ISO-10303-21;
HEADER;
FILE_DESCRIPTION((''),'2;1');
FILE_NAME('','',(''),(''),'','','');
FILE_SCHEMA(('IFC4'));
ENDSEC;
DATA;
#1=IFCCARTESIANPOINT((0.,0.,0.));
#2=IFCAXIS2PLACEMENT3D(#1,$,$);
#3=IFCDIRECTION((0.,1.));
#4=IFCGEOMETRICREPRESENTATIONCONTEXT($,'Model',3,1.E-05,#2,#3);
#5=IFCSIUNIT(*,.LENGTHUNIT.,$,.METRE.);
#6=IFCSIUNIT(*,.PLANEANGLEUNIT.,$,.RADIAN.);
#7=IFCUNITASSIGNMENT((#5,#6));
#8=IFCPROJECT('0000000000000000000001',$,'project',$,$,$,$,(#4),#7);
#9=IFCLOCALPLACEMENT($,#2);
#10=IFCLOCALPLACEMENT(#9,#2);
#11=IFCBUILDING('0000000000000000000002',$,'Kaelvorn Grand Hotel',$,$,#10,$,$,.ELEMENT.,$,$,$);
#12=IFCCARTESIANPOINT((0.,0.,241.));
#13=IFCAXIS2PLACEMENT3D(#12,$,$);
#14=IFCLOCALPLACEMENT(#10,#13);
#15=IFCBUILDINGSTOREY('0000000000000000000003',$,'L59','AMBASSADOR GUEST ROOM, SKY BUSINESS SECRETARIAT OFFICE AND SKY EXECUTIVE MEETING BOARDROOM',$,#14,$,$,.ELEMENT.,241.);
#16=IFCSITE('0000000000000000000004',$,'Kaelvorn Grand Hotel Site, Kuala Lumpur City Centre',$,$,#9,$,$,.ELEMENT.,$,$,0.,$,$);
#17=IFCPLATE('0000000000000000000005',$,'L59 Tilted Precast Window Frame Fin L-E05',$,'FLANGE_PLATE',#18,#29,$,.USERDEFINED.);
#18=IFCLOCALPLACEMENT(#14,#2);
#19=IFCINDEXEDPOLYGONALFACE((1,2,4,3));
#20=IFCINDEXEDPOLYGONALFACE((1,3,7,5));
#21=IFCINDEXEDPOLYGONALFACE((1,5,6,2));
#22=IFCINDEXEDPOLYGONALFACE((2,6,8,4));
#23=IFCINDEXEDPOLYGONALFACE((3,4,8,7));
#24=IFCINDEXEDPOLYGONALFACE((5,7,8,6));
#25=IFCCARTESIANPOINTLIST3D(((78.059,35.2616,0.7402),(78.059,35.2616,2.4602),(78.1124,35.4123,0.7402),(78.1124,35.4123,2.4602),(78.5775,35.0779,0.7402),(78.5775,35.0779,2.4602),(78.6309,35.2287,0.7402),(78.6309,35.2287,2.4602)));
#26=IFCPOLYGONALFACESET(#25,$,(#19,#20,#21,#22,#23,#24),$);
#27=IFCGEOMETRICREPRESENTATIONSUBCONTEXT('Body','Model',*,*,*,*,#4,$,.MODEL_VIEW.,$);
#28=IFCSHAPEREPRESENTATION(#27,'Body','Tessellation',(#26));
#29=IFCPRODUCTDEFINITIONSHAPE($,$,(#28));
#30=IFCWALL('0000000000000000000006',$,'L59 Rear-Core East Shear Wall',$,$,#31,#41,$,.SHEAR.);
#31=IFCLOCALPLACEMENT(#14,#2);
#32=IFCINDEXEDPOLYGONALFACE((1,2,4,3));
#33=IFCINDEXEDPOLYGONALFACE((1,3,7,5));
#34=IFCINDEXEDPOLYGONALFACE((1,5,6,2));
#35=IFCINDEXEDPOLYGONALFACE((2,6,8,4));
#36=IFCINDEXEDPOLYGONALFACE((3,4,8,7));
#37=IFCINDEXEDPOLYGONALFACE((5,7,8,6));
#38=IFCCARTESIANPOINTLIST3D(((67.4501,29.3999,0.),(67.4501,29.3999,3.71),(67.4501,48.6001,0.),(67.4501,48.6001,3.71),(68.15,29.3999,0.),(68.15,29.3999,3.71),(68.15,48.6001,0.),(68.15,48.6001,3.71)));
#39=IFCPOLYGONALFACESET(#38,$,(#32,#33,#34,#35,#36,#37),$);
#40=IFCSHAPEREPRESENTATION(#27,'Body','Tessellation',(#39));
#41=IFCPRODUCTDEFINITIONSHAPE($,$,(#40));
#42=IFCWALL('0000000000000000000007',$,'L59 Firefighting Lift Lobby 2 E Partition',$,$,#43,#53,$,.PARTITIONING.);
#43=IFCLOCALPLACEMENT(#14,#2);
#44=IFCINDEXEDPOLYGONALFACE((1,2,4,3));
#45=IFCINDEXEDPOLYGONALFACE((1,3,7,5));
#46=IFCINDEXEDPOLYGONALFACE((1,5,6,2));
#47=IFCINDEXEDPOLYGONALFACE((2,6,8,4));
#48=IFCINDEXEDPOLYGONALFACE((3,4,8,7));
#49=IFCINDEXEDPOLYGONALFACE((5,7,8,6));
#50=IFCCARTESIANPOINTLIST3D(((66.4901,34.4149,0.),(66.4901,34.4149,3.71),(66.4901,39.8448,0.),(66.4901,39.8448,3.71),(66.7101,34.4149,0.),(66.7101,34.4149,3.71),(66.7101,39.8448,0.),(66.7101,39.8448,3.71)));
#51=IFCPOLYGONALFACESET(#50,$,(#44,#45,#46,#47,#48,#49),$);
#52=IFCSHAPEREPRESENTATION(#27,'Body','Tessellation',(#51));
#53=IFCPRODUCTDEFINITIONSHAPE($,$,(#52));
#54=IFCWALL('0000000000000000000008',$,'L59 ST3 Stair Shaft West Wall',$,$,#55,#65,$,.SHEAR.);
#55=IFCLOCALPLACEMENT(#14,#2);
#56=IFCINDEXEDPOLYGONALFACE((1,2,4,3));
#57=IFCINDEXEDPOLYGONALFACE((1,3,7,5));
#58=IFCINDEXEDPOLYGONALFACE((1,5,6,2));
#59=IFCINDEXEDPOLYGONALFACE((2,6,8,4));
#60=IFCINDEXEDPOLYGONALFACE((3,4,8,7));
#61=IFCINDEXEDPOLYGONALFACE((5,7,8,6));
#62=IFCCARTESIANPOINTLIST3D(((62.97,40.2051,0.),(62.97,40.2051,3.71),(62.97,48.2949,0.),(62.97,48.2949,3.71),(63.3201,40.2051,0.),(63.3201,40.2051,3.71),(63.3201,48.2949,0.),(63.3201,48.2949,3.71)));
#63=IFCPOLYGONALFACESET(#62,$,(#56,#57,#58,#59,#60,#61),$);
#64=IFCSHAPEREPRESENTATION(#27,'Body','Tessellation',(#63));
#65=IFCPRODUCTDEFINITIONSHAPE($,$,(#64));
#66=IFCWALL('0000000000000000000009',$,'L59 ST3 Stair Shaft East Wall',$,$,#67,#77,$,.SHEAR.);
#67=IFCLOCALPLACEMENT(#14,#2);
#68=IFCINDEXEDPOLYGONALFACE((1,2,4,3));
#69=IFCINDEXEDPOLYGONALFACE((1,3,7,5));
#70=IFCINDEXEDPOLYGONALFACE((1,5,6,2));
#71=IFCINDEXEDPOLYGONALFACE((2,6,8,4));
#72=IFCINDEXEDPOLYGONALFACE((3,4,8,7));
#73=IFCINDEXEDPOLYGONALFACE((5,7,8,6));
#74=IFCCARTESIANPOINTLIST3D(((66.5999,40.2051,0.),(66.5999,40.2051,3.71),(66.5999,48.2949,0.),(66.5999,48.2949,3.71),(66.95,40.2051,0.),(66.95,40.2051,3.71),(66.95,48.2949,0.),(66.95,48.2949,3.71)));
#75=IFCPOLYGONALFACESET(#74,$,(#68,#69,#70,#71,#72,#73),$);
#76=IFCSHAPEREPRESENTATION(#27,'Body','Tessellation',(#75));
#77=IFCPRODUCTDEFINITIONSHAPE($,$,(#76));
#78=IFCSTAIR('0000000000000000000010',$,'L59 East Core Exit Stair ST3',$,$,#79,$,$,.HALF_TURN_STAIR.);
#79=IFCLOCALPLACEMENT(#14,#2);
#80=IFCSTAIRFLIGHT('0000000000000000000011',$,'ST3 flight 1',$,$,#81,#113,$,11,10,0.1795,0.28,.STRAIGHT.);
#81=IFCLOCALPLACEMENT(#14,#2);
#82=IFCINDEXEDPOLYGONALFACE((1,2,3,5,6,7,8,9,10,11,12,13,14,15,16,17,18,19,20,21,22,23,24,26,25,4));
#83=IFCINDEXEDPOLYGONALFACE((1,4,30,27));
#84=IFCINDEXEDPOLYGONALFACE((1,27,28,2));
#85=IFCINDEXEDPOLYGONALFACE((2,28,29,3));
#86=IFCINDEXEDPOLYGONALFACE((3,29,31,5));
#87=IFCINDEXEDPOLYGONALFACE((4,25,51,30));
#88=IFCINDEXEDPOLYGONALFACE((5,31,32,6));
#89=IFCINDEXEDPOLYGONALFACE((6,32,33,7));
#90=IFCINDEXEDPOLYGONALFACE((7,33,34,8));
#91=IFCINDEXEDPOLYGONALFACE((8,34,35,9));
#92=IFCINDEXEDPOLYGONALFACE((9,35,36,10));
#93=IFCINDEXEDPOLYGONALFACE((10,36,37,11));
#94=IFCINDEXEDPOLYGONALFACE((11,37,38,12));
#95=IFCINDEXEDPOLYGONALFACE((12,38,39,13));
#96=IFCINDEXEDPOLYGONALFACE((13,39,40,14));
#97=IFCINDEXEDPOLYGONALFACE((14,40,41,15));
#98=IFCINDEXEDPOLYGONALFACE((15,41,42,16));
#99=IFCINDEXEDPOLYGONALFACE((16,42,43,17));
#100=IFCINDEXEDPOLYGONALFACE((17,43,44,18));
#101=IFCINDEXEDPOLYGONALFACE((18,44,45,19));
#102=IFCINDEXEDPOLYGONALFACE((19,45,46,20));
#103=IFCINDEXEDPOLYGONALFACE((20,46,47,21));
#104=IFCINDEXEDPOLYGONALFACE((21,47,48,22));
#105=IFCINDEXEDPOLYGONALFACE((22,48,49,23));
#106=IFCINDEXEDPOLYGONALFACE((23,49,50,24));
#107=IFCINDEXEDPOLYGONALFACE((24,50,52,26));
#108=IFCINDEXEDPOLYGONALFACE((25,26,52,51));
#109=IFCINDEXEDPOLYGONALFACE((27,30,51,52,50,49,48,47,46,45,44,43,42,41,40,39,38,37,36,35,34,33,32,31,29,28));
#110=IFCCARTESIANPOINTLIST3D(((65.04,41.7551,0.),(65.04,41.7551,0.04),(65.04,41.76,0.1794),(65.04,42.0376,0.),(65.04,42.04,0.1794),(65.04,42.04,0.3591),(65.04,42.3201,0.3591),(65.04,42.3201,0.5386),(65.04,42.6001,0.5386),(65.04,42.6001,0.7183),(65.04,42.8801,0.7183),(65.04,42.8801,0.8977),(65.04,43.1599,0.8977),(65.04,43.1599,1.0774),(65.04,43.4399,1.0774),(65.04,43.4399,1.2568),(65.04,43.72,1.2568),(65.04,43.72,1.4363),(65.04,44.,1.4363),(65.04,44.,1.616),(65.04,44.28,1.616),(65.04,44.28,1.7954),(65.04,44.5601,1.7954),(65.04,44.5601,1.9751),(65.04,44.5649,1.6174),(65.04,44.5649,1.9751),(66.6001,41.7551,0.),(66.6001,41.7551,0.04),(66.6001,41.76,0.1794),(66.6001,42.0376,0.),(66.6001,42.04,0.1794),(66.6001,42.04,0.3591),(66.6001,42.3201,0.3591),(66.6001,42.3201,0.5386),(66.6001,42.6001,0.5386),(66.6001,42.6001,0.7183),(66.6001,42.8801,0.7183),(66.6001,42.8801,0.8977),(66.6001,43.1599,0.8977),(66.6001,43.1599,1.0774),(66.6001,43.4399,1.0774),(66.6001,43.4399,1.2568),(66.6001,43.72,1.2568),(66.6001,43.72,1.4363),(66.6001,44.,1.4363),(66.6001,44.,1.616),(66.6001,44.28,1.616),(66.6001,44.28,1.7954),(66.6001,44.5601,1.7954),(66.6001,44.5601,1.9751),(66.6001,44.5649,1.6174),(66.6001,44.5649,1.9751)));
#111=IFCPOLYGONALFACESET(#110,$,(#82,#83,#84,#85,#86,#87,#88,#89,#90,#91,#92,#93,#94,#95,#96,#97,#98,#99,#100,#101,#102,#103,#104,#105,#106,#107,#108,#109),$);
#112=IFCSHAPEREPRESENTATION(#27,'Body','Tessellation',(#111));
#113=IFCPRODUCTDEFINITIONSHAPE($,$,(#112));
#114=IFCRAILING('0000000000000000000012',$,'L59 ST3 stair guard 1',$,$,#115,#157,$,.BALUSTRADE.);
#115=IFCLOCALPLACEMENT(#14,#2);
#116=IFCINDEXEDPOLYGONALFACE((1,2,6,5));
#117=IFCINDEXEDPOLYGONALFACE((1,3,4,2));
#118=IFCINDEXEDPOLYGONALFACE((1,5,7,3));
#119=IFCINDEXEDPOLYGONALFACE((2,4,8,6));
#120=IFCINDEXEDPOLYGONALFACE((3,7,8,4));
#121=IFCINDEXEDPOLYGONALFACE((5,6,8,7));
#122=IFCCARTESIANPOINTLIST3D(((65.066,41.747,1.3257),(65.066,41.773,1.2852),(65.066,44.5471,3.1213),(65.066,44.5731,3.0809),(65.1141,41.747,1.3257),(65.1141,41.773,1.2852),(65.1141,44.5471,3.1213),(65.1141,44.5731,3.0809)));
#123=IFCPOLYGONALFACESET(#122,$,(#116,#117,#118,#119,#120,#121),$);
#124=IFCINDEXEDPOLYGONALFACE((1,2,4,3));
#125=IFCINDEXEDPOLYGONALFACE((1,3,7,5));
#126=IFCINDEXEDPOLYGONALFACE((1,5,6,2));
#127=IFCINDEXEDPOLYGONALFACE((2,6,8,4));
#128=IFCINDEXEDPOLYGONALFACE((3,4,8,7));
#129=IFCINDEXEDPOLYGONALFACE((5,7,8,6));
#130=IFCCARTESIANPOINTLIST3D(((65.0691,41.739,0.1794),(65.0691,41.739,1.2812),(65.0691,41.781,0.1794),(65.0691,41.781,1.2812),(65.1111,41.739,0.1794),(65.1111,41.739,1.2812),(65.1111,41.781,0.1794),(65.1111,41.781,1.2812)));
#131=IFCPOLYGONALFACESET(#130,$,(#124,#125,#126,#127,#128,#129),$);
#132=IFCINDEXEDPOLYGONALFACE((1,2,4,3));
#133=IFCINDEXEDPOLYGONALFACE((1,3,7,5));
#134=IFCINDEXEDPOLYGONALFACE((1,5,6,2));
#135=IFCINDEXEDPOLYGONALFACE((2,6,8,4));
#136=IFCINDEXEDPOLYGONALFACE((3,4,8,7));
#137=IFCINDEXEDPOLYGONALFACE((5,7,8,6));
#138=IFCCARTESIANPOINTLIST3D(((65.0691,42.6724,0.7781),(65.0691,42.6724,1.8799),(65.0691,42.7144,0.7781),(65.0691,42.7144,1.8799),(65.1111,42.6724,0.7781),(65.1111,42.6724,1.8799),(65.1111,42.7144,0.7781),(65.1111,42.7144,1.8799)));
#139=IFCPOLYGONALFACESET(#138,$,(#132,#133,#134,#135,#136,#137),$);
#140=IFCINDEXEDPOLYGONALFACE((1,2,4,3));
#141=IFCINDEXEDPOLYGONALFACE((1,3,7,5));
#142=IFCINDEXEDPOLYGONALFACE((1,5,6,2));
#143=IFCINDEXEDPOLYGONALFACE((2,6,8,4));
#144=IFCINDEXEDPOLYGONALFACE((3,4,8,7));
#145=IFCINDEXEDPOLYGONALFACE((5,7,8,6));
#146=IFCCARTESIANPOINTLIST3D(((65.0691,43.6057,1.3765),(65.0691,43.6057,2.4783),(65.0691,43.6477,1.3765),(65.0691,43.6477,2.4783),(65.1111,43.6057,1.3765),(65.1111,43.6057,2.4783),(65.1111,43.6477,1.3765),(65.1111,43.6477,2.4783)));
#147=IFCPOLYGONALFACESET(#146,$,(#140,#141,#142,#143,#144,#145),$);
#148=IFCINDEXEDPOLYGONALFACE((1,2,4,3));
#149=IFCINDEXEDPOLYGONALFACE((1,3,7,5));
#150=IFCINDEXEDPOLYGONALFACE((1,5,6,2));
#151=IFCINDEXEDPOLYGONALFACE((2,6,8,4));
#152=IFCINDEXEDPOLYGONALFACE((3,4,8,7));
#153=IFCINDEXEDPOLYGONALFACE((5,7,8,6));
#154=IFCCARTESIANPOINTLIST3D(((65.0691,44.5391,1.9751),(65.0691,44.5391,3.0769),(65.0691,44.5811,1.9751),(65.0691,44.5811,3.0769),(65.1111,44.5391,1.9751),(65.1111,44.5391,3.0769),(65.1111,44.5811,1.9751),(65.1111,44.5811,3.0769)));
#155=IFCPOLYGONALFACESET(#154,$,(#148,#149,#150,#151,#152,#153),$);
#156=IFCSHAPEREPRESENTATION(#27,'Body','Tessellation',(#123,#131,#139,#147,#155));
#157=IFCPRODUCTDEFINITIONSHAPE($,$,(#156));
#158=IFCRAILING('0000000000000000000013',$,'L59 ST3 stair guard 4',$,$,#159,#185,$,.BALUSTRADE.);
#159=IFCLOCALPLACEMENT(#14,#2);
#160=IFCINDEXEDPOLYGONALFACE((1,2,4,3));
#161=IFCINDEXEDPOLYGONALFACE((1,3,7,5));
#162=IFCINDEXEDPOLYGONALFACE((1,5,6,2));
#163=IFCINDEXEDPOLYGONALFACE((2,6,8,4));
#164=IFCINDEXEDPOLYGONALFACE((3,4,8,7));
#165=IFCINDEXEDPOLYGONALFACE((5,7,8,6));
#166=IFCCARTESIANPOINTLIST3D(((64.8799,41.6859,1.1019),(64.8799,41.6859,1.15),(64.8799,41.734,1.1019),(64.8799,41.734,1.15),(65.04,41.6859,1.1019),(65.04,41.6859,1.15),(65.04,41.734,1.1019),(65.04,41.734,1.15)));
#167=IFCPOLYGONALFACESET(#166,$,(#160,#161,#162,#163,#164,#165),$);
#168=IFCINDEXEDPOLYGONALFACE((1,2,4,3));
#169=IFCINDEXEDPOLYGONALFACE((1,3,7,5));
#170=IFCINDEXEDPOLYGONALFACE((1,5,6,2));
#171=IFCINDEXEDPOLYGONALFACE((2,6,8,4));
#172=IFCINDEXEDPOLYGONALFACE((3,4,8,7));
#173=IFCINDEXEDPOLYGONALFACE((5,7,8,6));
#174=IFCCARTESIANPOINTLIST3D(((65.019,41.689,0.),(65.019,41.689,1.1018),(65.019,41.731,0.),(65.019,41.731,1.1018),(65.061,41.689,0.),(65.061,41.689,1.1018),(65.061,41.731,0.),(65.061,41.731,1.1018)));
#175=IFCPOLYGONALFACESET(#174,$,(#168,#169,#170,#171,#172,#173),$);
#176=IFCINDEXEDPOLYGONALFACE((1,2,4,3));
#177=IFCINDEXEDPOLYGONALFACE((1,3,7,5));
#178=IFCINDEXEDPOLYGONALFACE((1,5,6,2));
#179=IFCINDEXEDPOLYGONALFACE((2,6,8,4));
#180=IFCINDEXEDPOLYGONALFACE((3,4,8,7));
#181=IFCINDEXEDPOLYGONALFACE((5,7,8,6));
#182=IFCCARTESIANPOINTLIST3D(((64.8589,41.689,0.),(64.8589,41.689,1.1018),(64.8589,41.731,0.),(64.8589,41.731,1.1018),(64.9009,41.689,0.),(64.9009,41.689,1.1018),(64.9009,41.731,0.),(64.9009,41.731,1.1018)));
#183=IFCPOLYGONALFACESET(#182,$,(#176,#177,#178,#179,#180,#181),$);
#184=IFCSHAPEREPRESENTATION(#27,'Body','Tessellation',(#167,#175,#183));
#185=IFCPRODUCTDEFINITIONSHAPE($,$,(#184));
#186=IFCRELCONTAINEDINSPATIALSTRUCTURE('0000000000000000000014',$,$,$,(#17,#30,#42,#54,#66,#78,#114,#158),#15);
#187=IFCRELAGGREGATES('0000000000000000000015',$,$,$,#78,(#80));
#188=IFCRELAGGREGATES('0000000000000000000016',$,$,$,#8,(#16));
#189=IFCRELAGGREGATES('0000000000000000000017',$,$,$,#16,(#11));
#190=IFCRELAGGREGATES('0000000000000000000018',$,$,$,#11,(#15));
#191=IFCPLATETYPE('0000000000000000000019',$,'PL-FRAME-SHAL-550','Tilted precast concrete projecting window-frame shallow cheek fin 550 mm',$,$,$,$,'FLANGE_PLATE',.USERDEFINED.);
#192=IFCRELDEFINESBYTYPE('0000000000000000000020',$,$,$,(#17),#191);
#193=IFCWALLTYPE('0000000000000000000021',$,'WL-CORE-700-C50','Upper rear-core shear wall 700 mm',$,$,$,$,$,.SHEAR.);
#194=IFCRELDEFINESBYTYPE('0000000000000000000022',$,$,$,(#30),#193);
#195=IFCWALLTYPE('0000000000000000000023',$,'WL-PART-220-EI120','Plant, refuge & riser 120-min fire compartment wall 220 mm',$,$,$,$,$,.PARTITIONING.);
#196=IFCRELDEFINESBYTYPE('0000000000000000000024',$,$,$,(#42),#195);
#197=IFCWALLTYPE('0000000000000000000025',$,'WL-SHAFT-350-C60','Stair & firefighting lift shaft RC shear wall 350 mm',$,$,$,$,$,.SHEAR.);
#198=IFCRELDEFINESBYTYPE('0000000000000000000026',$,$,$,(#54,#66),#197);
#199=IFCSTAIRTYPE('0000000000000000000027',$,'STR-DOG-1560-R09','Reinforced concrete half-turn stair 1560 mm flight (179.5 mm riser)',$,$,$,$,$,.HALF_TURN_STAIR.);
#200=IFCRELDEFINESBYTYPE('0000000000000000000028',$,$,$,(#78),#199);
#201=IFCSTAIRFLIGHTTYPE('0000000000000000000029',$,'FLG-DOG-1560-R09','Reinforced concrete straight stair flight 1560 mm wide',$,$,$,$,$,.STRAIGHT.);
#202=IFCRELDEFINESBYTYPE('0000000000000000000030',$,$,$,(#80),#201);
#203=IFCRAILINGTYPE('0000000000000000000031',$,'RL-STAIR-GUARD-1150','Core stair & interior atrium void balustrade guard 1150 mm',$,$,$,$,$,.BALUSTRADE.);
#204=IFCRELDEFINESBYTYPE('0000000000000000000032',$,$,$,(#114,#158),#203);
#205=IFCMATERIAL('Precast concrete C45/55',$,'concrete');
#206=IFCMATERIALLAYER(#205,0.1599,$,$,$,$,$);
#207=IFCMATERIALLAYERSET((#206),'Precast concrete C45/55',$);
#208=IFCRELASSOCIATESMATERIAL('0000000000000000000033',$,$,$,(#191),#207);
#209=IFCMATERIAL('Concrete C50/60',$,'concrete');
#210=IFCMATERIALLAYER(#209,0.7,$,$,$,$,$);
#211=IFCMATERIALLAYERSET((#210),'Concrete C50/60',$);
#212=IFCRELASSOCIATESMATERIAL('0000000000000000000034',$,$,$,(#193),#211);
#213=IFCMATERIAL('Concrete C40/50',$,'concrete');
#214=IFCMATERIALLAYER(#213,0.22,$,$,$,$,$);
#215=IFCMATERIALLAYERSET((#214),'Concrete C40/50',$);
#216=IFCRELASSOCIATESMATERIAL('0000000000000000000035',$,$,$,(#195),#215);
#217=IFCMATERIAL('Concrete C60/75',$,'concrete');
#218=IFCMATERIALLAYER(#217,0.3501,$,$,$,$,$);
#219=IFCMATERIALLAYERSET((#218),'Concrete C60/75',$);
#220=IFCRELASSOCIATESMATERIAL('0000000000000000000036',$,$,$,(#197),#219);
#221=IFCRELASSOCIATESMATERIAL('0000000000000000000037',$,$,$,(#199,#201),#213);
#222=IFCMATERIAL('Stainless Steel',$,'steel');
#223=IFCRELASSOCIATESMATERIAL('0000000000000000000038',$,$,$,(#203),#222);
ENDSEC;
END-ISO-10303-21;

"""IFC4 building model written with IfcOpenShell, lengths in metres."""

from ifc_helpers import new_model, si_unit, direction, frame, frame_2d, origin, origin_2d, place, context, subcontext, project, spatial, polyline, rectangle, outline, extrude, material, layer, layer_set, type_object, element, aggregate, save


model = new_model("IFC4")

# Units and contexts
model_context = context("Model", 3, precision=1e-05, world=origin(), true_north=direction((0.0, 1.0)))
body_context = subcontext(model_context, "Body", "Model", "MODEL_VIEW")
ifc_project = project(units=[si_unit("LENGTHUNIT", "METRE"), si_unit("PLANEANGLEUNIT", "RADIAN")], contexts=[model_context])

# Site, building, storey
site_placement = place(None, origin())
site = spatial("IfcSite", under=ifc_project, at=site_placement, Name="Kaelvorn Grand Hotel Site, Kuala Lumpur City Centre", CompositionType="ELEMENT", RefElevation=0.0)
building_placement = place(site_placement, origin())
building = spatial("IfcBuilding", under=site, at=building_placement, Name="Kaelvorn Grand Hotel", CompositionType="ELEMENT")
storey_placement = place(building_placement, frame((0.0, 0.0, 241.0)))
storey = spatial("IfcBuildingStorey", under=building, at=storey_placement, Name="L59", Description="AMBASSADOR GUEST ROOM, SKY BUSINESS SECRETARIAT OFFICE AND SKY EXECUTIVE MEETING BOARDROOM", CompositionType="ELEMENT", Elevation=241.0)

# Shared definitions
ifc_material_1 = material(Name="Concrete C50/60", Category="concrete")

# Plate
ifc_material_2 = material(Name="Precast concrete C45/55", Category="concrete")
ifc_layer_1 = layer(ifc_material_2, 0.1599)
ifc_layer_set_1 = layer_set([ifc_layer_1], Name="Precast concrete C45/55")
plate_type_1 = type_object("IfcPlateType", Name="PL-FRAME-SHAL-550", Description="Tilted precast concrete projecting window-frame shallow cheek fin 550 mm", ElementType="FLANGE_PLATE", PredefinedType="USERDEFINED", material=ifc_layer_set_1)
for number, where, z_axis, x_axis, name in (
    (1, (78.345, 35.2451, 0.7402), (0.0, 0.0, 1.0), (0.333807, 0.942641, 0.0), "L59 Tilted Precast Window Frame Fin L-E05"),
):
    element("IfcPlate", number, at=place(storey_placement, frame(where, z_axis=z_axis, x_axis=x_axis)), inside=storey, type_object=plate_type_1, Name=name, ObjectType="FLANGE_PLATE", PredefinedType="USERDEFINED", context=body_context, shape_type="SweptSolid", body=[
        extrude(rectangle(XDim=0.1599, YDim=0.55, at=origin_2d()), origin(), (0.0, 0.0, 1.0), 1.72),
    ])

# Walls
ifc_layer_2 = layer(ifc_material_1, 0.7)
ifc_layer_set_2 = layer_set([ifc_layer_2], Name="Concrete C50/60")
wall_type_1 = type_object("IfcWallType", Name="WL-CORE-700-C50", Description="Upper rear-core shear wall 700 mm", PredefinedType="SHEAR", material=ifc_layer_set_2)
wall_1_placement = place(storey_placement, frame((67.8, 29.3999, 0.0), z_axis=(0.0, 0.0, 1.0), x_axis=(0.0, 1.0, 0.0)))
element("IfcWall", 2, at=wall_1_placement, inside=storey, type_object=wall_type_1, Name="L59 Rear-Core East Shear Wall", PredefinedType="SHEAR", context=body_context, shape_type="SweptSolid", body=[
    extrude(rectangle(XDim=19.2002, YDim=0.7, at=frame_2d((9.6001, 0.0))), origin(), (0.0, 0.0, 1.0), 3.71),
])
ifc_material_3 = material(Name="Concrete C40/50", Category="concrete")
ifc_layer_3 = layer(ifc_material_3, 0.22)
ifc_layer_set_3 = layer_set([ifc_layer_3], Name="Concrete C40/50")
wall_type_2 = type_object("IfcWallType", Name="WL-PART-220-EI120", Description="Plant, refuge & riser 120-min fire compartment wall 220 mm", PredefinedType="PARTITIONING", material=ifc_layer_set_3)
wall_2_placement = place(storey_placement, frame((66.6001, 34.415, 0.0), z_axis=(0.0, 0.0, 1.0), x_axis=(0.0, 1.0, 0.0)))
element("IfcWall", 3, at=wall_2_placement, inside=storey, type_object=wall_type_2, Name="L59 Firefighting Lift Lobby 2 E Partition", PredefinedType="PARTITIONING", context=body_context, shape_type="SweptSolid", body=[
    extrude(rectangle(XDim=5.4299, YDim=0.22, at=frame_2d((2.7148, 0.0))), origin(), (0.0, 0.0, 1.0), 3.71),
])

# Shared definitions
ifc_material_4 = material(Name="Concrete C60/75", Category="concrete")
ifc_layer_4 = layer(ifc_material_4, 0.3501)
ifc_layer_set_4 = layer_set([ifc_layer_4], Name="Concrete C60/75")
wall_type_3 = type_object("IfcWallType", Name="WL-SHAFT-350-C60", Description="Stair & firefighting lift shaft RC shear wall 350 mm", PredefinedType="SHEAR", material=ifc_layer_set_4)

# Walls
for number, where, z_axis, x_axis, name in (
    (4, (63.145, 40.2051, 0.0), (0.0, 0.0, 1.0), (0.0, 1.0, 0.0), "L59 ST3 Stair Shaft West Wall"),
    (5, (66.7749, 40.2051, 0.0), (0.0, 0.0, 1.0), (0.0, 1.0, 0.0), "L59 ST3 Stair Shaft East Wall"),
):
    element("IfcWall", number, at=place(storey_placement, frame(where, z_axis=z_axis, x_axis=x_axis)), inside=storey, type_object=wall_type_3, Name=name, PredefinedType="SHEAR", context=body_context, shape_type="SweptSolid", body=[
        extrude(rectangle(XDim=8.0898, YDim=0.3501, at=frame_2d((4.0449, 0.0))), origin(), (0.0, 0.0, 1.0), 3.71),
    ])

# Stair, stair flight
stair_type = type_object("IfcStairType", Name="STR-DOG-1560-R09", Description="Reinforced concrete half-turn stair 1560 mm flight (179.5 mm riser)", PredefinedType="HALF_TURN_STAIR", material=ifc_material_3)
stair_placement = place(storey_placement, origin())
stair = element("IfcStair", 6, at=stair_placement, inside=storey, type_object=stair_type, Name="L59 East Core Exit Stair ST3", PredefinedType="HALF_TURN_STAIR")
stair_flight_type = type_object("IfcStairFlightType", Name="FLG-DOG-1560-R09", Description="Reinforced concrete straight stair flight 1560 mm wide", PredefinedType="STRAIGHT", material=ifc_material_3)
stair_flight_placement = place(storey_placement, frame((65.8201, 41.76, 0.0), z_axis=(0.0, 0.0, 1.0), x_axis=(0.0, 1.0, 0.0)))
stair_flight = element("IfcStairFlight", 7, at=stair_flight_placement, type_object=stair_flight_type, Name="ST3 flight 1", NumberOfRisers=11, NumberOfTreads=10, PredefinedType="STRAIGHT", RiserHeight=0.1795, TreadLength=0.28, context=body_context, shape_type="SweptSolid", body=[
    extrude(outline(polyline([(-0.0049, 0.0), (-0.0049, 0.04), (0.0, 0.1794), (0.28, 0.1794), (0.28, 0.3591), (0.5601, 0.3591), (0.5601, 0.5386), (0.8401, 0.5386), (0.8401, 0.7183), (1.1201, 0.7183), (1.1201, 0.8977), (1.3999, 0.8977), (1.3999, 1.0774), (1.6799, 1.0774), (1.6799, 1.2568), (1.96, 1.2568), (1.96, 1.4363), (2.24, 1.4363), (2.24, 1.616), (2.52, 1.616), (2.52, 1.7954), (2.8, 1.7954), (2.8, 1.9751), (2.8049, 1.9751), (2.8049, 1.6174), (0.2776, 0.0), (-0.0049, 0.0)])), frame((0.0, 0.78, 0.0), z_axis=(0.0, -1.0, 0.0), x_axis=(1.0, 0.0, 0.0)), (0.0, 0.0, 1.0), 1.5601),
])
aggregate(stair, [stair_flight])

# Railings
ifc_material_5 = material(Name="Stainless Steel", Category="steel")
railing_type = type_object("IfcRailingType", Name="RL-STAIR-GUARD-1150", Description="Core stair & interior atrium void balustrade guard 1150 mm", PredefinedType="BALUSTRADE", material=ifc_material_5)
railing_1_placement = place(storey_placement, frame((65.0901, 41.76, 0.1794)))
element("IfcRailing", 8, at=railing_1_placement, inside=storey, type_object=railing_type, Name="L59 ST3 stair guard 1", PredefinedType="BALUSTRADE", context=body_context, shape_type="SweptSolid", body=[
    extrude(rectangle(XDim=0.0481, YDim=0.0481, at=origin_2d()), frame((0.0, 0.0, 1.126), z_axis=(0.0, 0.841777, 0.539826), x_axis=(-1.0, 0.0, 0.0)), (0.0, 0.0, 1.0), 3.3264),
    extrude(rectangle(XDim=0.042, YDim=0.042, at=origin_2d()), origin(), (0.0, 0.0, 1.0), 1.1018),
    extrude(rectangle(XDim=0.042, YDim=0.042, at=origin_2d()), frame((0.0, 0.9333, 0.5986)), (0.0, 0.0, 1.0), 1.1018),
    extrude(rectangle(XDim=0.042, YDim=0.042, at=origin_2d()), frame((0.0, 1.8667, 1.197)), (0.0, 0.0, 1.0), 1.1018),
    extrude(rectangle(XDim=0.042, YDim=0.042, at=origin_2d()), frame((0.0, 2.8, 1.7957)), (0.0, 0.0, 1.0), 1.1018),
])
railing_2_placement = place(storey_placement, frame((65.04, 41.71, 0.0)))
element("IfcRailing", 9, at=railing_2_placement, inside=storey, type_object=railing_type, Name="L59 ST3 stair guard 4", PredefinedType="BALUSTRADE", context=body_context, shape_type="SweptSolid", body=[
    extrude(rectangle(XDim=0.0481, YDim=0.0481, at=origin_2d()), frame((0.0, 0.0, 1.126), z_axis=(-1.0, 0.0, 0.0), x_axis=(0.0, -1.0, 0.0)), (0.0, 0.0, 1.0), 0.1602),
    extrude(rectangle(XDim=0.042, YDim=0.042, at=origin_2d()), origin(), (0.0, 0.0, 1.0), 1.1018),
    extrude(rectangle(XDim=0.042, YDim=0.042, at=origin_2d()), frame((-0.1602, 0.0, 0.0)), (0.0, 0.0, 1.0), 1.1018),
])

save(model, "model.ifc")
